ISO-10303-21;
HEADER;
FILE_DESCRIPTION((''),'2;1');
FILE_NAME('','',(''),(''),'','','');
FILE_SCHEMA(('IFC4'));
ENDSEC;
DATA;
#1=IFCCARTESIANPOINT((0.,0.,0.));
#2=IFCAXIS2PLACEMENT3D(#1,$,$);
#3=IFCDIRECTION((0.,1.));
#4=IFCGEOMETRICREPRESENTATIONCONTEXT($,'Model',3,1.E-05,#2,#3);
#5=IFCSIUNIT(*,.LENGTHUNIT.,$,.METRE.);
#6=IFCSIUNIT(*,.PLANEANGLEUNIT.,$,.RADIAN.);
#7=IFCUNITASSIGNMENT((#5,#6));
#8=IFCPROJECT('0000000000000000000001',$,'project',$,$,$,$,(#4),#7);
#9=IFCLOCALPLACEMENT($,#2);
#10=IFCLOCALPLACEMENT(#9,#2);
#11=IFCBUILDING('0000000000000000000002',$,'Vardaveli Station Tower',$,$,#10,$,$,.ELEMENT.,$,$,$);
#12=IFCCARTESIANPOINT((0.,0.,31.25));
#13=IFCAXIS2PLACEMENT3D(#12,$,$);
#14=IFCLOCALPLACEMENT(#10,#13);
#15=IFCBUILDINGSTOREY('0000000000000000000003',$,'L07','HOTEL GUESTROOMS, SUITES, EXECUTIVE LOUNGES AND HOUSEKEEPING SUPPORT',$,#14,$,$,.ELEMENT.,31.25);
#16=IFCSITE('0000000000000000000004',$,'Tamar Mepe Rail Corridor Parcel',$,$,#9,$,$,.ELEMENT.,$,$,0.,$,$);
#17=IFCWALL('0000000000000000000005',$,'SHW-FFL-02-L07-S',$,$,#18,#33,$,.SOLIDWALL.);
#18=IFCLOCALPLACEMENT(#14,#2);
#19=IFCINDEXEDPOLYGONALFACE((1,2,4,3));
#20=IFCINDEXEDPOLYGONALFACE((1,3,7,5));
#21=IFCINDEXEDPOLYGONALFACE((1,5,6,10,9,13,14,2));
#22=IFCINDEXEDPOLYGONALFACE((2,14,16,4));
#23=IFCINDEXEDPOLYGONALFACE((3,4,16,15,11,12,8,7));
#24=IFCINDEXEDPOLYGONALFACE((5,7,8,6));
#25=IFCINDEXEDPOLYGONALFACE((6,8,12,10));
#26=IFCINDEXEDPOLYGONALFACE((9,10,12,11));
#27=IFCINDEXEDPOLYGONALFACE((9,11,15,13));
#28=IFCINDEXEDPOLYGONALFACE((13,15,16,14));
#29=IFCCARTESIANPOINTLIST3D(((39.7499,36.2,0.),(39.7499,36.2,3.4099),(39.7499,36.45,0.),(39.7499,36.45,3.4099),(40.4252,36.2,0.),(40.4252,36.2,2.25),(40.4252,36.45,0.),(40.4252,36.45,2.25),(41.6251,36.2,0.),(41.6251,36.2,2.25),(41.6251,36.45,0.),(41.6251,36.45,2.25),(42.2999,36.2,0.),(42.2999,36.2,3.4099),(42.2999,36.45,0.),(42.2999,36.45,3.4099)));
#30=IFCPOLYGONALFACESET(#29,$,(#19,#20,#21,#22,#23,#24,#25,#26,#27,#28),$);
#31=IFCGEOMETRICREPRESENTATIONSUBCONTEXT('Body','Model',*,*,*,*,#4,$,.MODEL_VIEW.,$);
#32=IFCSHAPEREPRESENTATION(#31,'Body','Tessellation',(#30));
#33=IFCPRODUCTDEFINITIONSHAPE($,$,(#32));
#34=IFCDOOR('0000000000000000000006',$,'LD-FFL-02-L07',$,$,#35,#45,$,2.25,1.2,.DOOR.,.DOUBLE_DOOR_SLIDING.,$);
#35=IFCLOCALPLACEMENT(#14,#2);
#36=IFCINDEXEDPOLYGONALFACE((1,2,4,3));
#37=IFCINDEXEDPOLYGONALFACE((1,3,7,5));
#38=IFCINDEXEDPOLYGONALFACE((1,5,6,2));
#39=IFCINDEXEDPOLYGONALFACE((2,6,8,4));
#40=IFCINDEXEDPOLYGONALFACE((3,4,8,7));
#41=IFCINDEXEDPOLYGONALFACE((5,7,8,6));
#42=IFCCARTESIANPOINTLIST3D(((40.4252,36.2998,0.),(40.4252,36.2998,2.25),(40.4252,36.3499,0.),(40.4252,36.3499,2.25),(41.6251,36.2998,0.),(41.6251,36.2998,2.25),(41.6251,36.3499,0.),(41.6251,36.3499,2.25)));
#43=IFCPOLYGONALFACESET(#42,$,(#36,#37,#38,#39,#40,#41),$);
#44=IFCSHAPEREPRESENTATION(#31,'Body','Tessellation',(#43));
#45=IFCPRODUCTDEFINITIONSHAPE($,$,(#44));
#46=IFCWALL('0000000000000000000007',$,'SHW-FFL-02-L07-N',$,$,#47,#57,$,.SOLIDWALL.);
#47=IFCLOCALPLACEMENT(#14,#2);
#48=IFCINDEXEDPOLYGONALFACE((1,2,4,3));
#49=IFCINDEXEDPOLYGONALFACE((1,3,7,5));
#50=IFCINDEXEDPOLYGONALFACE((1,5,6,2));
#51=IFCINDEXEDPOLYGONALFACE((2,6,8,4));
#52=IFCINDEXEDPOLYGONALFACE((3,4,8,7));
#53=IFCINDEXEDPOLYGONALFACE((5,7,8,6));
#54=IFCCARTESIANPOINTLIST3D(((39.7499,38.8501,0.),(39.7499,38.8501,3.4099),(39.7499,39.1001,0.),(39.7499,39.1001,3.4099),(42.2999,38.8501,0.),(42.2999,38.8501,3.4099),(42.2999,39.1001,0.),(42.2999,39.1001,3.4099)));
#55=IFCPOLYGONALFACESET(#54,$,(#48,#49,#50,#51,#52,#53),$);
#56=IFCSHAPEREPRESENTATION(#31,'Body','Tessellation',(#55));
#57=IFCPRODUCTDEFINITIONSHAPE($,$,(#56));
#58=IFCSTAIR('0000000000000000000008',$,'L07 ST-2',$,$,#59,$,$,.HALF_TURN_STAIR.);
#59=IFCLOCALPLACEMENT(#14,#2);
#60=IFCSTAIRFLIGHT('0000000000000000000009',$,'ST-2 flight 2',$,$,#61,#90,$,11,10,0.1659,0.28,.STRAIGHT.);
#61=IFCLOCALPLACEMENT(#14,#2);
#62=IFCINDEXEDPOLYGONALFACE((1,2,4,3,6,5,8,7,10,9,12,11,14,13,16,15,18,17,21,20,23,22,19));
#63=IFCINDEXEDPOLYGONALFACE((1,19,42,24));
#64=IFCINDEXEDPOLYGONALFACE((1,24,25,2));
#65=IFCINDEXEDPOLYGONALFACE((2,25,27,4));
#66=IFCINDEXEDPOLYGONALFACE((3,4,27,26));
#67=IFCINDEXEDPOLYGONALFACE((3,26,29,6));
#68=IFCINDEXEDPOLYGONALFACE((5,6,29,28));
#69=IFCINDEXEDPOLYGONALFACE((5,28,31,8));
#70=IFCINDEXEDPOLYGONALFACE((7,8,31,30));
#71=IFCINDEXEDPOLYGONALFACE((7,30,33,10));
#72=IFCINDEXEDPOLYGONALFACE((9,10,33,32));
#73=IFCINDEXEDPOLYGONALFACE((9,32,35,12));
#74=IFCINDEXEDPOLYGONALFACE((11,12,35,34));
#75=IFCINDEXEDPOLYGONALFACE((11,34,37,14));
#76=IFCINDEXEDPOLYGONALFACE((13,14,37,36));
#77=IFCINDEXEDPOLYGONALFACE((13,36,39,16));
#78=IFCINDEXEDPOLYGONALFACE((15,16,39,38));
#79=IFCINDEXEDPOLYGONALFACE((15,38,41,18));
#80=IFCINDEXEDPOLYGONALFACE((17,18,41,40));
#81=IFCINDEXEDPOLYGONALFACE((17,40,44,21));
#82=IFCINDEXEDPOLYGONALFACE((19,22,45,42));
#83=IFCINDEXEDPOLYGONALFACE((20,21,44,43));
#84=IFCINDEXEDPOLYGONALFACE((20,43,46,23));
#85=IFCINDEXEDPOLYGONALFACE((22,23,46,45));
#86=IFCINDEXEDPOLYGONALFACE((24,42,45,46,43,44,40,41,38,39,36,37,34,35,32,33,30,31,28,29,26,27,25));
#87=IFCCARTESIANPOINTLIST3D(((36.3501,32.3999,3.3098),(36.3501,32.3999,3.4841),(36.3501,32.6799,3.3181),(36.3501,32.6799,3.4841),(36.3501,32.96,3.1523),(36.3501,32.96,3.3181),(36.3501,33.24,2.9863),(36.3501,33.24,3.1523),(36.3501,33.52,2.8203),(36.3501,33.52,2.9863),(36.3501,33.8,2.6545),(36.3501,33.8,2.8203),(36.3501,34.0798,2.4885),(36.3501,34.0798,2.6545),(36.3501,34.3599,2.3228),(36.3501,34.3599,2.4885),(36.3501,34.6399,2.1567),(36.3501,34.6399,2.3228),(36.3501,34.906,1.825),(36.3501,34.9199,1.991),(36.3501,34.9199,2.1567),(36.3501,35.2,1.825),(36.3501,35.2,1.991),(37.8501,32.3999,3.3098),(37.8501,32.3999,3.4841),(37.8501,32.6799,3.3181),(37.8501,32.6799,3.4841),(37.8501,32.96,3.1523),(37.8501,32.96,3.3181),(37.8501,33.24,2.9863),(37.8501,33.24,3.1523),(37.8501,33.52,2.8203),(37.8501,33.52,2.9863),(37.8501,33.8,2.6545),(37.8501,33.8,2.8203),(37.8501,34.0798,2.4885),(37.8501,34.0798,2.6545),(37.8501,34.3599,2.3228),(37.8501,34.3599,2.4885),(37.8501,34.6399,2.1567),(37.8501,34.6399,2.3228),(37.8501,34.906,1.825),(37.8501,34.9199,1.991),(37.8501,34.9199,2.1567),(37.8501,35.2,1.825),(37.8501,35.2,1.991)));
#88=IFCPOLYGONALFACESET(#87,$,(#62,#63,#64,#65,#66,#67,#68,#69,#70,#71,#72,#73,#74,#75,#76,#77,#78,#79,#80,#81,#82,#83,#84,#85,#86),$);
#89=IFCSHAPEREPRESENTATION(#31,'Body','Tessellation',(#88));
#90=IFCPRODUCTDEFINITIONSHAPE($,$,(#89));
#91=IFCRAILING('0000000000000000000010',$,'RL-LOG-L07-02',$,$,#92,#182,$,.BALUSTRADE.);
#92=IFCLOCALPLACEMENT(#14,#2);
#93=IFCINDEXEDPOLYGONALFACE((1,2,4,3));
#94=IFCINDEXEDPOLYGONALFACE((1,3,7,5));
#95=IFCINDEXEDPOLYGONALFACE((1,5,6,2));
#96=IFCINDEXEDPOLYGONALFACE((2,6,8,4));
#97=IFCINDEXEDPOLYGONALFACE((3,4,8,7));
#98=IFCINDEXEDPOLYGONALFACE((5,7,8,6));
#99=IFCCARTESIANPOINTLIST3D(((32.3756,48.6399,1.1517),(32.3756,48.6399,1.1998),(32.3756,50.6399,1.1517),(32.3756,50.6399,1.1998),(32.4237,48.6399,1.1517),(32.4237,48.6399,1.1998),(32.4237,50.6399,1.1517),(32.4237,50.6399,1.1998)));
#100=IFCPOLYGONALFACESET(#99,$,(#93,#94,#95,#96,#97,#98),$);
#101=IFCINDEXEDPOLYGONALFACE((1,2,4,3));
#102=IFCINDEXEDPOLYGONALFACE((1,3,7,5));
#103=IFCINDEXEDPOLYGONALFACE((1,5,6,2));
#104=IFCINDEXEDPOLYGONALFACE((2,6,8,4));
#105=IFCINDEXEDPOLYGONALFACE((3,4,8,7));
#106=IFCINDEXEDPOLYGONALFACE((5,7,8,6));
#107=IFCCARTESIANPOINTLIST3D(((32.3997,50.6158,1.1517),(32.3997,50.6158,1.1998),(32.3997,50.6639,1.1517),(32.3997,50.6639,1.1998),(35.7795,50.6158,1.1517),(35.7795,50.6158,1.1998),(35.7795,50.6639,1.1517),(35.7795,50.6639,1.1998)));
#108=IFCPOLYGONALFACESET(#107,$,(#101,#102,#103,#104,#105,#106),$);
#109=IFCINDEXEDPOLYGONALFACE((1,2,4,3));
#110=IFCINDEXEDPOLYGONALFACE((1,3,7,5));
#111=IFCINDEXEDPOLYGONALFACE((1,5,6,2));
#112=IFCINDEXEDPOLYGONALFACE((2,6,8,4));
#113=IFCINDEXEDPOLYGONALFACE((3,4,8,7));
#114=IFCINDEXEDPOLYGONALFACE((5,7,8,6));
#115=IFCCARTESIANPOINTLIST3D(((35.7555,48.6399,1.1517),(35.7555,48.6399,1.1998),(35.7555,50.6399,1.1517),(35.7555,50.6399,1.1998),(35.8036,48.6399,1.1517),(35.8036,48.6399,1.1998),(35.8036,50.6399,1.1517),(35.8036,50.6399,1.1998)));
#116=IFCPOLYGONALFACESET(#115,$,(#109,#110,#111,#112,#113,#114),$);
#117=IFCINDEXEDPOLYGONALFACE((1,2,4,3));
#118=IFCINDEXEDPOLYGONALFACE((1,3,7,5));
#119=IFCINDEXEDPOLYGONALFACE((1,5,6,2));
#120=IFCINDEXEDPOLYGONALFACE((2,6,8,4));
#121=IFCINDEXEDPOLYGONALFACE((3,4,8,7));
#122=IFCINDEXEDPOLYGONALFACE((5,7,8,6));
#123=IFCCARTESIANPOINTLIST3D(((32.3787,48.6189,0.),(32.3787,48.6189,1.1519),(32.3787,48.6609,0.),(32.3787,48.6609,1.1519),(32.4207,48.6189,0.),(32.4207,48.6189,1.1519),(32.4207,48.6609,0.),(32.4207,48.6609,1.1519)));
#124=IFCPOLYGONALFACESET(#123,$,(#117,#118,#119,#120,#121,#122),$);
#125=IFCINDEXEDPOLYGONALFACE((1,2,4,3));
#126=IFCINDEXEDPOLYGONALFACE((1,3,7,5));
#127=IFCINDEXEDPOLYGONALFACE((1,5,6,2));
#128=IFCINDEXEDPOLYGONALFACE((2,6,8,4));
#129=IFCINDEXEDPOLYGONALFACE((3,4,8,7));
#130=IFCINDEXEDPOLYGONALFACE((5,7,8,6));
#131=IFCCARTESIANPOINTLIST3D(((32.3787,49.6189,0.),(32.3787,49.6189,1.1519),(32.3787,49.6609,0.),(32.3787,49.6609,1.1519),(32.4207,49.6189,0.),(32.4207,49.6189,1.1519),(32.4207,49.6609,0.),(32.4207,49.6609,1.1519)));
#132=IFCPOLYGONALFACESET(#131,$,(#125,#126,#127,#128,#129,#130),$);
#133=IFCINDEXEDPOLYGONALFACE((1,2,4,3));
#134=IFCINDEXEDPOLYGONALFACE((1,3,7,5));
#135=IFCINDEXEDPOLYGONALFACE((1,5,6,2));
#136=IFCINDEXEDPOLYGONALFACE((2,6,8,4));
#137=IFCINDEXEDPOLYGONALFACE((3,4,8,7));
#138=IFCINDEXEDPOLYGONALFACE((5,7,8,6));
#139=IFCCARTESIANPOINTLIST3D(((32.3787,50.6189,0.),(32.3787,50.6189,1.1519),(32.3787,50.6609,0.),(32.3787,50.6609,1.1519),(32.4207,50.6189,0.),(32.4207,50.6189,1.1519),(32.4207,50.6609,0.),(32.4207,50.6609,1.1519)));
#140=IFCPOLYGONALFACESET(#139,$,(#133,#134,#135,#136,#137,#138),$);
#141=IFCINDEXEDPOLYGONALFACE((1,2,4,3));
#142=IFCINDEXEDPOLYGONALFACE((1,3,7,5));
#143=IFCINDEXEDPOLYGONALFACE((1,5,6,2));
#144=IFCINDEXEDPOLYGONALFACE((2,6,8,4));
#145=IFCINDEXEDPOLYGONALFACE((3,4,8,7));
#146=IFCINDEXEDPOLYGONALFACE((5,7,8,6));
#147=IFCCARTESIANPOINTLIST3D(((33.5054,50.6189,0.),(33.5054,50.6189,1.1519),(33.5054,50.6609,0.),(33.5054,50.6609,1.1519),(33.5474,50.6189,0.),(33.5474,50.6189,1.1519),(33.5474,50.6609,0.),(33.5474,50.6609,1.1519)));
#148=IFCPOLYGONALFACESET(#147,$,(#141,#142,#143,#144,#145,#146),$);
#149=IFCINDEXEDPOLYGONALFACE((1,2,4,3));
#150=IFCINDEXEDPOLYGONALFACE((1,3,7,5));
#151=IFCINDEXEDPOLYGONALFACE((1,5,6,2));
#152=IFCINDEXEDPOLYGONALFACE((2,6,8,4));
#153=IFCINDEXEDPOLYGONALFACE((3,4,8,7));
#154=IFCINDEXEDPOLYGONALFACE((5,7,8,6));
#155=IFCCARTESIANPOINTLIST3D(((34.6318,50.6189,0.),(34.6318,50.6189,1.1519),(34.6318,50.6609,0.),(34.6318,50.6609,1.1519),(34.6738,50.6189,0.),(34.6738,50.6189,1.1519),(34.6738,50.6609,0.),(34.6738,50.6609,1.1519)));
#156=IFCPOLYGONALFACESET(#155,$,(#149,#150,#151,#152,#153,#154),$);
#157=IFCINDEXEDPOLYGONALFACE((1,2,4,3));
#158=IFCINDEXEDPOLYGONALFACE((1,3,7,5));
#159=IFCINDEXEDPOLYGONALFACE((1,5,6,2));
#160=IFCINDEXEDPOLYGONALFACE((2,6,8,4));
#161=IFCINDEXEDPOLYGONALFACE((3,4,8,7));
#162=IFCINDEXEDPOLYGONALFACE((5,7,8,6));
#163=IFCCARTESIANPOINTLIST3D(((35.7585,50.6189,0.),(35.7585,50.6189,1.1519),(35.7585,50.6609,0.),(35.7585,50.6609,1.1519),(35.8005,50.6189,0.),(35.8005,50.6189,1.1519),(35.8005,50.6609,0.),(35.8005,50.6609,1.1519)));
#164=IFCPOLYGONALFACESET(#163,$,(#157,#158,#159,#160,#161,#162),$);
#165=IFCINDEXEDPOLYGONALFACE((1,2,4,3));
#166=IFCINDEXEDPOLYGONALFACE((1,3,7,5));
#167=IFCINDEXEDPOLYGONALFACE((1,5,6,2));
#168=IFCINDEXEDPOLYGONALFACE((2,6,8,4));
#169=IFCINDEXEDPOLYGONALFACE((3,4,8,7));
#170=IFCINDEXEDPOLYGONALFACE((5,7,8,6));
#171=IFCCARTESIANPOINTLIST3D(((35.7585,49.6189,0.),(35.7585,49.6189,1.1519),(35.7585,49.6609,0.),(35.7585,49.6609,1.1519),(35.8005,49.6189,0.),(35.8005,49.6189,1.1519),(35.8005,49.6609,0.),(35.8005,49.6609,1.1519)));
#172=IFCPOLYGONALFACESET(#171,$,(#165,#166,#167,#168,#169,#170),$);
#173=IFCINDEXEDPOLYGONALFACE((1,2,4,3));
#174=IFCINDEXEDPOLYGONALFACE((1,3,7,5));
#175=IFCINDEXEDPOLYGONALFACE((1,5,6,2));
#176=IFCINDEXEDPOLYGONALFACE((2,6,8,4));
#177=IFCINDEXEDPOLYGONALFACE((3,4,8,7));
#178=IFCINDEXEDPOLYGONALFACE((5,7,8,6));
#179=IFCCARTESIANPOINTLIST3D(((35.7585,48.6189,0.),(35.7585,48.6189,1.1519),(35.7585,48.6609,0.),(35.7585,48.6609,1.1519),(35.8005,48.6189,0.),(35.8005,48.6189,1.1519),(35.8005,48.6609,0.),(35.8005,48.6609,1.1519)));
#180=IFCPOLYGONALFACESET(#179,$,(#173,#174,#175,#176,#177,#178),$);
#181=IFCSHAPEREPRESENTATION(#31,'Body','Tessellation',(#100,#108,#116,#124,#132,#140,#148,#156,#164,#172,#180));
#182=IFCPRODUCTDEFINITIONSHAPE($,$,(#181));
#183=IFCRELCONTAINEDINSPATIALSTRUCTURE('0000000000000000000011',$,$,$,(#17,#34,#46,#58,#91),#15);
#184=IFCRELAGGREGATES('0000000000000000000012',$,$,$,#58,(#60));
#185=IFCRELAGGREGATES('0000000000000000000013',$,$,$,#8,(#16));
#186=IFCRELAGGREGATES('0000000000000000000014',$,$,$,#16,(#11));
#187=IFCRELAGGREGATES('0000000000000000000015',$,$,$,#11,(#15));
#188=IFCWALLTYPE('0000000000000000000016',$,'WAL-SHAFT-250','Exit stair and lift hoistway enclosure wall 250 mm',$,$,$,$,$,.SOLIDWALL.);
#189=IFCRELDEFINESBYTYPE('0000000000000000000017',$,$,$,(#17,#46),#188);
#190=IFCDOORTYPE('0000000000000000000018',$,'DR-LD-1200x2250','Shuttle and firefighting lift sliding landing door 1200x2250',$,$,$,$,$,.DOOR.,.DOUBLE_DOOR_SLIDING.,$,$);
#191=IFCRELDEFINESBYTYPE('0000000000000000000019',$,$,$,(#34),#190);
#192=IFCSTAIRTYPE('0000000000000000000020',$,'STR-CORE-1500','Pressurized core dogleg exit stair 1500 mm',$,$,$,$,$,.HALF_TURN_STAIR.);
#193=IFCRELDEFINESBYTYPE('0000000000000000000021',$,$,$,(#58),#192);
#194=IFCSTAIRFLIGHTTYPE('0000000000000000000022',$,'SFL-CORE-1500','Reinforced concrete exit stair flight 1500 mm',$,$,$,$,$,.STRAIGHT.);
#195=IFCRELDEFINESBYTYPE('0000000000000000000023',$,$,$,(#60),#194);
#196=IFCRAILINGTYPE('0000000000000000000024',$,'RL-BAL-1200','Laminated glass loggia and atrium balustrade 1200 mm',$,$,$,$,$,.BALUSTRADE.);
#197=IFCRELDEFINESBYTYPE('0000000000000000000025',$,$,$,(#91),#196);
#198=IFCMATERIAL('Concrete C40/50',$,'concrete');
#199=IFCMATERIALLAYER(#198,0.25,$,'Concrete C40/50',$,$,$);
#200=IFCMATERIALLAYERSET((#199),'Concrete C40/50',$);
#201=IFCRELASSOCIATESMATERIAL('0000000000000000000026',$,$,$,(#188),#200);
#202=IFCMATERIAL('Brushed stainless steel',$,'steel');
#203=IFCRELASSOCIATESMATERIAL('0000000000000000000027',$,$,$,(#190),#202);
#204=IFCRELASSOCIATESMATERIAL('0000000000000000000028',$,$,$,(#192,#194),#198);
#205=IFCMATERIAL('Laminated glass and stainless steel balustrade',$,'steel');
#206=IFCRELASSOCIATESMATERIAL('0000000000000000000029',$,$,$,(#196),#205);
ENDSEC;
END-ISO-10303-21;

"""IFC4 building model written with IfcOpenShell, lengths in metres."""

from ifc_helpers import new_model, si_unit, direction, frame, frame_2d, origin, origin_2d, place, context, subcontext, project, spatial, polyline, rectangle, outline, extrude, source, transform, mapped, material, layer, layer_set, type_object, element, fill, aggregate, save


model = new_model("IFC4")

# Units and contexts
model_context = context("Model", 3, precision=1e-05, world=origin(), true_north=direction((0.0, 1.0)))
body_context = subcontext(model_context, "Body", "Model", "MODEL_VIEW")
ifc_project = project(units=[si_unit("LENGTHUNIT", "METRE"), si_unit("PLANEANGLEUNIT", "RADIAN")], contexts=[model_context])

# Site, building, storey
site_placement = place(None, origin())
site = spatial("IfcSite", under=ifc_project, at=site_placement, Name="Tamar Mepe Rail Corridor Parcel", CompositionType="ELEMENT", RefElevation=0.0)
building_placement = place(site_placement, origin())
building = spatial("IfcBuilding", under=site, at=building_placement, Name="Vardaveli Station Tower", CompositionType="ELEMENT")
storey_placement = place(building_placement, frame((0.0, 0.0, 31.25)))
storey = spatial("IfcBuildingStorey", under=building, at=storey_placement, Name="L07", Description="HOTEL GUESTROOMS, SUITES, EXECUTIVE LOUNGES AND HOUSEKEEPING SUPPORT", CompositionType="ELEMENT", Elevation=31.25)

# Shared definitions
ifc_material_1 = material(Name="Concrete C40/50", Category="concrete")
ifc_layer_1 = layer(ifc_material_1, 0.25, Name="Concrete C40/50")
ifc_layer_set_1 = layer_set([ifc_layer_1], Name="Concrete C40/50")
wall_type_1 = type_object("IfcWallType", Name="WAL-SHAFT-250", Description="Exit stair and lift hoistway enclosure wall 250 mm", PredefinedType="SOLIDWALL", material=ifc_layer_set_1)

# Shared definitions
shared_shape_1 = source(origin(), body_context, "Body", "SweptSolid", [
    extrude(rectangle(XDim=1.2, YDim=2.25, at=frame_2d((0.6001, 1.125))), frame((0.0, 0.135, 0.0), z_axis=(0.0, -1.0, 0.0), x_axis=(1.0, 0.0, 0.0)), (0.0, 0.0, 1.0), 0.27),
])
ifc_material_2 = material(Name="Brushed stainless steel", Category="steel")
door_type = type_object("IfcDoorType", Name="DR-LD-1200x2250", Description="Shuttle and firefighting lift sliding landing door 1200x2250", OperationType="DOUBLE_DOOR_SLIDING", PredefinedType="DOOR", material=ifc_material_2)
shared_shape_2 = source(origin(), body_context, "Body", "SweptSolid", [
    extrude(rectangle(XDim=1.2, YDim=2.25, at=frame_2d((0.6001, 1.125))), frame((0.0, 0.0249, 0.0), z_axis=(0.0, -1.0, 0.0), x_axis=(1.0, 0.0, 0.0)), (0.0, 0.0, 1.0), 0.05),
])

# Wall, opening, door
shared_shape_3 = source(origin(), body_context, "Body", "SweptSolid", [
    extrude(rectangle(XDim=2.55, YDim=0.25, at=frame_2d((1.2749, 0.0))), origin(), (0.0, 0.0, 1.0), 3.4099),
])
wall_1_placement = place(storey_placement, frame((39.75, 36.325, 0.0), z_axis=(0.0, 0.0, 1.0), x_axis=(1.0, 0.0, 0.0)))
wall_1 = element("IfcWall", 1, at=wall_1_placement, inside=storey, type_object=wall_type_1, Name="SHW-FFL-02-L07-S", PredefinedType="SOLIDWALL", context=body_context, shape_type="MappedRepresentation", body=[
    mapped(shared_shape_3, transform((0.0, 0.0, 0.0), scale=1.0)),
])
opening_1_placement = place(wall_1_placement, frame((0.675, 0.0, 0.0)))
opening_1 = element("IfcOpeningElement", 2, at=opening_1_placement, cuts=wall_1, PredefinedType="OPENING", context=body_context, shape_type="MappedRepresentation", body=[
    mapped(shared_shape_1, transform((0.0, 0.0, 0.0), scale=1.0)),
])
door_1_placement = place(opening_1_placement, origin())
door_1 = element("IfcDoor", 3, at=door_1_placement, inside=storey, type_object=door_type, Name="LD-FFL-02-L07", OperationType="DOUBLE_DOOR_SLIDING", OverallHeight=2.25, OverallWidth=1.2, PredefinedType="DOOR", context=body_context, shape_type="MappedRepresentation", body=[
    mapped(shared_shape_2, transform((0.0, 0.0, 0.0), scale=1.0)),
])
fill(opening_1, door_1)

# Wall
wall_2_placement = place(storey_placement, frame((39.75, 38.9751, 0.0), z_axis=(0.0, 0.0, 1.0), x_axis=(1.0, 0.0, 0.0)))
element("IfcWall", 4, at=wall_2_placement, inside=storey, type_object=wall_type_1, Name="SHW-FFL-02-L07-N", PredefinedType="SOLIDWALL", context=body_context, shape_type="MappedRepresentation", body=[
    mapped(shared_shape_3, transform((0.0, 0.0, 0.0), scale=1.0)),
])

# Stair, stair flight
stair_type = type_object("IfcStairType", Name="STR-CORE-1500", Description="Pressurized core dogleg exit stair 1500 mm", PredefinedType="HALF_TURN_STAIR", material=ifc_material_1)
stair_placement = place(storey_placement, origin())
stair = element("IfcStair", 5, at=stair_placement, inside=storey, type_object=stair_type, Name="L07 ST-2", PredefinedType="HALF_TURN_STAIR")
stair_flight_type = type_object("IfcStairFlightType", Name="SFL-CORE-1500", Description="Reinforced concrete exit stair flight 1500 mm", PredefinedType="STRAIGHT", material=ifc_material_1)
shared_shape_4 = source(origin(), body_context, "Body", "SweptSolid", [
    extrude(outline(polyline([(0.0, 0.0), (0.0, 0.166), (0.28, 0.166), (0.28, 0.3318), (0.5601, 0.3318), (0.5601, 0.4978), (0.8401, 0.4978), (0.8401, 0.6636), (1.1201, 0.6636), (1.1201, 0.8296), (1.3999, 0.8296), (1.3999, 0.9954), (1.6799, 0.9954), (1.6799, 1.1614), (1.96, 1.1614), (1.96, 1.3274), (2.24, 1.3274), (2.24, 1.4932), (2.52, 1.4932), (2.52, 1.6592), (2.8, 1.6592), (2.8, 1.825), (2.8, 1.4849), (0.2939, 0.0), (0.0, 0.0)])), frame((0.0, 0.75, 0.0), z_axis=(0.0, -1.0, 0.0), x_axis=(1.0, 0.0, 0.0)), (0.0, 0.0, 1.0), 1.5),
])
stair_flight_placement = place(storey_placement, frame((37.1001, 35.2, 1.825), z_axis=(0.0, 0.0, 1.0), x_axis=(0.0, -1.0, 0.0)))
stair_flight = element("IfcStairFlight", 6, at=stair_flight_placement, type_object=stair_flight_type, Name="ST-2 flight 2", NumberOfRisers=11, NumberOfTreads=10, PredefinedType="STRAIGHT", RiserHeight=0.1659, TreadLength=0.28, context=body_context, shape_type="MappedRepresentation", body=[
    mapped(shared_shape_4, transform((0.0, 0.0, 0.0), scale=1.0)),
])
aggregate(stair, [stair_flight])

# Railing
ifc_material_3 = material(Name="Laminated glass and stainless steel balustrade", Category="steel")
railing_type_1 = type_object("IfcRailingType", Name="RL-BAL-1200", Description="Laminated glass loggia and atrium balustrade 1200 mm", PredefinedType="BALUSTRADE", material=ifc_material_3)
shared_shape_5 = source(origin(), body_context, "Body", "SweptSolid", [
    extrude(rectangle(XDim=0.0481, YDim=0.0481, at=origin_2d()), frame((0.0, 0.0, 1.1758), z_axis=(0.0, 1.0, 0.0), x_axis=(-1.0, 0.0, 0.0)), (0.0, 0.0, 1.0), 2.0),
    extrude(rectangle(XDim=0.0481, YDim=0.0481, at=origin_2d()), frame((0.0, 2.0, 1.1758), z_axis=(1.0, 0.0, 0.0), x_axis=(0.0, 1.0, 0.0)), (0.0, 0.0, 1.0), 3.3799),
    extrude(rectangle(XDim=0.0481, YDim=0.0481, at=origin_2d()), frame((3.3799, 2.0, 1.1758), z_axis=(0.0, -1.0, 0.0), x_axis=(1.0, 0.0, 0.0)), (0.0, 0.0, 1.0), 2.0),
    extrude(rectangle(XDim=0.042, YDim=0.042, at=origin_2d()), origin(), (0.0, 0.0, 1.0), 1.1519),
    extrude(rectangle(XDim=0.042, YDim=0.042, at=origin_2d()), frame((0.0, 1.0, 0.0)), (0.0, 0.0, 1.0), 1.1519),
    extrude(rectangle(XDim=0.042, YDim=0.042, at=origin_2d()), frame((0.0, 2.0, 0.0)), (0.0, 0.0, 1.0), 1.1519),
    extrude(rectangle(XDim=0.042, YDim=0.042, at=origin_2d()), frame((1.1267, 2.0, 0.0)), (0.0, 0.0, 1.0), 1.1519),
    extrude(rectangle(XDim=0.042, YDim=0.042, at=origin_2d()), frame((2.2532, 2.0, 0.0)), (0.0, 0.0, 1.0), 1.1519),
    extrude(rectangle(XDim=0.042, YDim=0.042, at=origin_2d()), frame((3.3799, 2.0, 0.0)), (0.0, 0.0, 1.0), 1.1519),
    extrude(rectangle(XDim=0.042, YDim=0.042, at=origin_2d()), frame((3.3799, 1.0, 0.0)), (0.0, 0.0, 1.0), 1.1519),
    extrude(rectangle(XDim=0.042, YDim=0.042, at=origin_2d()), frame((3.3799, 0.0, 0.0)), (0.0, 0.0, 1.0), 1.1519),
])
railing_1_placement = place(storey_placement, frame((32.3997, 48.6399, 0.0)))
element("IfcRailing", 7, at=railing_1_placement, inside=storey, type_object=railing_type_1, Name="RL-LOG-L07-02", PredefinedType="BALUSTRADE", context=body_context, shape_type="MappedRepresentation", body=[
    mapped(shared_shape_5, transform((0.0, 0.0, 0.0), scale=1.0)),
])

save(model, "model.ifc")
